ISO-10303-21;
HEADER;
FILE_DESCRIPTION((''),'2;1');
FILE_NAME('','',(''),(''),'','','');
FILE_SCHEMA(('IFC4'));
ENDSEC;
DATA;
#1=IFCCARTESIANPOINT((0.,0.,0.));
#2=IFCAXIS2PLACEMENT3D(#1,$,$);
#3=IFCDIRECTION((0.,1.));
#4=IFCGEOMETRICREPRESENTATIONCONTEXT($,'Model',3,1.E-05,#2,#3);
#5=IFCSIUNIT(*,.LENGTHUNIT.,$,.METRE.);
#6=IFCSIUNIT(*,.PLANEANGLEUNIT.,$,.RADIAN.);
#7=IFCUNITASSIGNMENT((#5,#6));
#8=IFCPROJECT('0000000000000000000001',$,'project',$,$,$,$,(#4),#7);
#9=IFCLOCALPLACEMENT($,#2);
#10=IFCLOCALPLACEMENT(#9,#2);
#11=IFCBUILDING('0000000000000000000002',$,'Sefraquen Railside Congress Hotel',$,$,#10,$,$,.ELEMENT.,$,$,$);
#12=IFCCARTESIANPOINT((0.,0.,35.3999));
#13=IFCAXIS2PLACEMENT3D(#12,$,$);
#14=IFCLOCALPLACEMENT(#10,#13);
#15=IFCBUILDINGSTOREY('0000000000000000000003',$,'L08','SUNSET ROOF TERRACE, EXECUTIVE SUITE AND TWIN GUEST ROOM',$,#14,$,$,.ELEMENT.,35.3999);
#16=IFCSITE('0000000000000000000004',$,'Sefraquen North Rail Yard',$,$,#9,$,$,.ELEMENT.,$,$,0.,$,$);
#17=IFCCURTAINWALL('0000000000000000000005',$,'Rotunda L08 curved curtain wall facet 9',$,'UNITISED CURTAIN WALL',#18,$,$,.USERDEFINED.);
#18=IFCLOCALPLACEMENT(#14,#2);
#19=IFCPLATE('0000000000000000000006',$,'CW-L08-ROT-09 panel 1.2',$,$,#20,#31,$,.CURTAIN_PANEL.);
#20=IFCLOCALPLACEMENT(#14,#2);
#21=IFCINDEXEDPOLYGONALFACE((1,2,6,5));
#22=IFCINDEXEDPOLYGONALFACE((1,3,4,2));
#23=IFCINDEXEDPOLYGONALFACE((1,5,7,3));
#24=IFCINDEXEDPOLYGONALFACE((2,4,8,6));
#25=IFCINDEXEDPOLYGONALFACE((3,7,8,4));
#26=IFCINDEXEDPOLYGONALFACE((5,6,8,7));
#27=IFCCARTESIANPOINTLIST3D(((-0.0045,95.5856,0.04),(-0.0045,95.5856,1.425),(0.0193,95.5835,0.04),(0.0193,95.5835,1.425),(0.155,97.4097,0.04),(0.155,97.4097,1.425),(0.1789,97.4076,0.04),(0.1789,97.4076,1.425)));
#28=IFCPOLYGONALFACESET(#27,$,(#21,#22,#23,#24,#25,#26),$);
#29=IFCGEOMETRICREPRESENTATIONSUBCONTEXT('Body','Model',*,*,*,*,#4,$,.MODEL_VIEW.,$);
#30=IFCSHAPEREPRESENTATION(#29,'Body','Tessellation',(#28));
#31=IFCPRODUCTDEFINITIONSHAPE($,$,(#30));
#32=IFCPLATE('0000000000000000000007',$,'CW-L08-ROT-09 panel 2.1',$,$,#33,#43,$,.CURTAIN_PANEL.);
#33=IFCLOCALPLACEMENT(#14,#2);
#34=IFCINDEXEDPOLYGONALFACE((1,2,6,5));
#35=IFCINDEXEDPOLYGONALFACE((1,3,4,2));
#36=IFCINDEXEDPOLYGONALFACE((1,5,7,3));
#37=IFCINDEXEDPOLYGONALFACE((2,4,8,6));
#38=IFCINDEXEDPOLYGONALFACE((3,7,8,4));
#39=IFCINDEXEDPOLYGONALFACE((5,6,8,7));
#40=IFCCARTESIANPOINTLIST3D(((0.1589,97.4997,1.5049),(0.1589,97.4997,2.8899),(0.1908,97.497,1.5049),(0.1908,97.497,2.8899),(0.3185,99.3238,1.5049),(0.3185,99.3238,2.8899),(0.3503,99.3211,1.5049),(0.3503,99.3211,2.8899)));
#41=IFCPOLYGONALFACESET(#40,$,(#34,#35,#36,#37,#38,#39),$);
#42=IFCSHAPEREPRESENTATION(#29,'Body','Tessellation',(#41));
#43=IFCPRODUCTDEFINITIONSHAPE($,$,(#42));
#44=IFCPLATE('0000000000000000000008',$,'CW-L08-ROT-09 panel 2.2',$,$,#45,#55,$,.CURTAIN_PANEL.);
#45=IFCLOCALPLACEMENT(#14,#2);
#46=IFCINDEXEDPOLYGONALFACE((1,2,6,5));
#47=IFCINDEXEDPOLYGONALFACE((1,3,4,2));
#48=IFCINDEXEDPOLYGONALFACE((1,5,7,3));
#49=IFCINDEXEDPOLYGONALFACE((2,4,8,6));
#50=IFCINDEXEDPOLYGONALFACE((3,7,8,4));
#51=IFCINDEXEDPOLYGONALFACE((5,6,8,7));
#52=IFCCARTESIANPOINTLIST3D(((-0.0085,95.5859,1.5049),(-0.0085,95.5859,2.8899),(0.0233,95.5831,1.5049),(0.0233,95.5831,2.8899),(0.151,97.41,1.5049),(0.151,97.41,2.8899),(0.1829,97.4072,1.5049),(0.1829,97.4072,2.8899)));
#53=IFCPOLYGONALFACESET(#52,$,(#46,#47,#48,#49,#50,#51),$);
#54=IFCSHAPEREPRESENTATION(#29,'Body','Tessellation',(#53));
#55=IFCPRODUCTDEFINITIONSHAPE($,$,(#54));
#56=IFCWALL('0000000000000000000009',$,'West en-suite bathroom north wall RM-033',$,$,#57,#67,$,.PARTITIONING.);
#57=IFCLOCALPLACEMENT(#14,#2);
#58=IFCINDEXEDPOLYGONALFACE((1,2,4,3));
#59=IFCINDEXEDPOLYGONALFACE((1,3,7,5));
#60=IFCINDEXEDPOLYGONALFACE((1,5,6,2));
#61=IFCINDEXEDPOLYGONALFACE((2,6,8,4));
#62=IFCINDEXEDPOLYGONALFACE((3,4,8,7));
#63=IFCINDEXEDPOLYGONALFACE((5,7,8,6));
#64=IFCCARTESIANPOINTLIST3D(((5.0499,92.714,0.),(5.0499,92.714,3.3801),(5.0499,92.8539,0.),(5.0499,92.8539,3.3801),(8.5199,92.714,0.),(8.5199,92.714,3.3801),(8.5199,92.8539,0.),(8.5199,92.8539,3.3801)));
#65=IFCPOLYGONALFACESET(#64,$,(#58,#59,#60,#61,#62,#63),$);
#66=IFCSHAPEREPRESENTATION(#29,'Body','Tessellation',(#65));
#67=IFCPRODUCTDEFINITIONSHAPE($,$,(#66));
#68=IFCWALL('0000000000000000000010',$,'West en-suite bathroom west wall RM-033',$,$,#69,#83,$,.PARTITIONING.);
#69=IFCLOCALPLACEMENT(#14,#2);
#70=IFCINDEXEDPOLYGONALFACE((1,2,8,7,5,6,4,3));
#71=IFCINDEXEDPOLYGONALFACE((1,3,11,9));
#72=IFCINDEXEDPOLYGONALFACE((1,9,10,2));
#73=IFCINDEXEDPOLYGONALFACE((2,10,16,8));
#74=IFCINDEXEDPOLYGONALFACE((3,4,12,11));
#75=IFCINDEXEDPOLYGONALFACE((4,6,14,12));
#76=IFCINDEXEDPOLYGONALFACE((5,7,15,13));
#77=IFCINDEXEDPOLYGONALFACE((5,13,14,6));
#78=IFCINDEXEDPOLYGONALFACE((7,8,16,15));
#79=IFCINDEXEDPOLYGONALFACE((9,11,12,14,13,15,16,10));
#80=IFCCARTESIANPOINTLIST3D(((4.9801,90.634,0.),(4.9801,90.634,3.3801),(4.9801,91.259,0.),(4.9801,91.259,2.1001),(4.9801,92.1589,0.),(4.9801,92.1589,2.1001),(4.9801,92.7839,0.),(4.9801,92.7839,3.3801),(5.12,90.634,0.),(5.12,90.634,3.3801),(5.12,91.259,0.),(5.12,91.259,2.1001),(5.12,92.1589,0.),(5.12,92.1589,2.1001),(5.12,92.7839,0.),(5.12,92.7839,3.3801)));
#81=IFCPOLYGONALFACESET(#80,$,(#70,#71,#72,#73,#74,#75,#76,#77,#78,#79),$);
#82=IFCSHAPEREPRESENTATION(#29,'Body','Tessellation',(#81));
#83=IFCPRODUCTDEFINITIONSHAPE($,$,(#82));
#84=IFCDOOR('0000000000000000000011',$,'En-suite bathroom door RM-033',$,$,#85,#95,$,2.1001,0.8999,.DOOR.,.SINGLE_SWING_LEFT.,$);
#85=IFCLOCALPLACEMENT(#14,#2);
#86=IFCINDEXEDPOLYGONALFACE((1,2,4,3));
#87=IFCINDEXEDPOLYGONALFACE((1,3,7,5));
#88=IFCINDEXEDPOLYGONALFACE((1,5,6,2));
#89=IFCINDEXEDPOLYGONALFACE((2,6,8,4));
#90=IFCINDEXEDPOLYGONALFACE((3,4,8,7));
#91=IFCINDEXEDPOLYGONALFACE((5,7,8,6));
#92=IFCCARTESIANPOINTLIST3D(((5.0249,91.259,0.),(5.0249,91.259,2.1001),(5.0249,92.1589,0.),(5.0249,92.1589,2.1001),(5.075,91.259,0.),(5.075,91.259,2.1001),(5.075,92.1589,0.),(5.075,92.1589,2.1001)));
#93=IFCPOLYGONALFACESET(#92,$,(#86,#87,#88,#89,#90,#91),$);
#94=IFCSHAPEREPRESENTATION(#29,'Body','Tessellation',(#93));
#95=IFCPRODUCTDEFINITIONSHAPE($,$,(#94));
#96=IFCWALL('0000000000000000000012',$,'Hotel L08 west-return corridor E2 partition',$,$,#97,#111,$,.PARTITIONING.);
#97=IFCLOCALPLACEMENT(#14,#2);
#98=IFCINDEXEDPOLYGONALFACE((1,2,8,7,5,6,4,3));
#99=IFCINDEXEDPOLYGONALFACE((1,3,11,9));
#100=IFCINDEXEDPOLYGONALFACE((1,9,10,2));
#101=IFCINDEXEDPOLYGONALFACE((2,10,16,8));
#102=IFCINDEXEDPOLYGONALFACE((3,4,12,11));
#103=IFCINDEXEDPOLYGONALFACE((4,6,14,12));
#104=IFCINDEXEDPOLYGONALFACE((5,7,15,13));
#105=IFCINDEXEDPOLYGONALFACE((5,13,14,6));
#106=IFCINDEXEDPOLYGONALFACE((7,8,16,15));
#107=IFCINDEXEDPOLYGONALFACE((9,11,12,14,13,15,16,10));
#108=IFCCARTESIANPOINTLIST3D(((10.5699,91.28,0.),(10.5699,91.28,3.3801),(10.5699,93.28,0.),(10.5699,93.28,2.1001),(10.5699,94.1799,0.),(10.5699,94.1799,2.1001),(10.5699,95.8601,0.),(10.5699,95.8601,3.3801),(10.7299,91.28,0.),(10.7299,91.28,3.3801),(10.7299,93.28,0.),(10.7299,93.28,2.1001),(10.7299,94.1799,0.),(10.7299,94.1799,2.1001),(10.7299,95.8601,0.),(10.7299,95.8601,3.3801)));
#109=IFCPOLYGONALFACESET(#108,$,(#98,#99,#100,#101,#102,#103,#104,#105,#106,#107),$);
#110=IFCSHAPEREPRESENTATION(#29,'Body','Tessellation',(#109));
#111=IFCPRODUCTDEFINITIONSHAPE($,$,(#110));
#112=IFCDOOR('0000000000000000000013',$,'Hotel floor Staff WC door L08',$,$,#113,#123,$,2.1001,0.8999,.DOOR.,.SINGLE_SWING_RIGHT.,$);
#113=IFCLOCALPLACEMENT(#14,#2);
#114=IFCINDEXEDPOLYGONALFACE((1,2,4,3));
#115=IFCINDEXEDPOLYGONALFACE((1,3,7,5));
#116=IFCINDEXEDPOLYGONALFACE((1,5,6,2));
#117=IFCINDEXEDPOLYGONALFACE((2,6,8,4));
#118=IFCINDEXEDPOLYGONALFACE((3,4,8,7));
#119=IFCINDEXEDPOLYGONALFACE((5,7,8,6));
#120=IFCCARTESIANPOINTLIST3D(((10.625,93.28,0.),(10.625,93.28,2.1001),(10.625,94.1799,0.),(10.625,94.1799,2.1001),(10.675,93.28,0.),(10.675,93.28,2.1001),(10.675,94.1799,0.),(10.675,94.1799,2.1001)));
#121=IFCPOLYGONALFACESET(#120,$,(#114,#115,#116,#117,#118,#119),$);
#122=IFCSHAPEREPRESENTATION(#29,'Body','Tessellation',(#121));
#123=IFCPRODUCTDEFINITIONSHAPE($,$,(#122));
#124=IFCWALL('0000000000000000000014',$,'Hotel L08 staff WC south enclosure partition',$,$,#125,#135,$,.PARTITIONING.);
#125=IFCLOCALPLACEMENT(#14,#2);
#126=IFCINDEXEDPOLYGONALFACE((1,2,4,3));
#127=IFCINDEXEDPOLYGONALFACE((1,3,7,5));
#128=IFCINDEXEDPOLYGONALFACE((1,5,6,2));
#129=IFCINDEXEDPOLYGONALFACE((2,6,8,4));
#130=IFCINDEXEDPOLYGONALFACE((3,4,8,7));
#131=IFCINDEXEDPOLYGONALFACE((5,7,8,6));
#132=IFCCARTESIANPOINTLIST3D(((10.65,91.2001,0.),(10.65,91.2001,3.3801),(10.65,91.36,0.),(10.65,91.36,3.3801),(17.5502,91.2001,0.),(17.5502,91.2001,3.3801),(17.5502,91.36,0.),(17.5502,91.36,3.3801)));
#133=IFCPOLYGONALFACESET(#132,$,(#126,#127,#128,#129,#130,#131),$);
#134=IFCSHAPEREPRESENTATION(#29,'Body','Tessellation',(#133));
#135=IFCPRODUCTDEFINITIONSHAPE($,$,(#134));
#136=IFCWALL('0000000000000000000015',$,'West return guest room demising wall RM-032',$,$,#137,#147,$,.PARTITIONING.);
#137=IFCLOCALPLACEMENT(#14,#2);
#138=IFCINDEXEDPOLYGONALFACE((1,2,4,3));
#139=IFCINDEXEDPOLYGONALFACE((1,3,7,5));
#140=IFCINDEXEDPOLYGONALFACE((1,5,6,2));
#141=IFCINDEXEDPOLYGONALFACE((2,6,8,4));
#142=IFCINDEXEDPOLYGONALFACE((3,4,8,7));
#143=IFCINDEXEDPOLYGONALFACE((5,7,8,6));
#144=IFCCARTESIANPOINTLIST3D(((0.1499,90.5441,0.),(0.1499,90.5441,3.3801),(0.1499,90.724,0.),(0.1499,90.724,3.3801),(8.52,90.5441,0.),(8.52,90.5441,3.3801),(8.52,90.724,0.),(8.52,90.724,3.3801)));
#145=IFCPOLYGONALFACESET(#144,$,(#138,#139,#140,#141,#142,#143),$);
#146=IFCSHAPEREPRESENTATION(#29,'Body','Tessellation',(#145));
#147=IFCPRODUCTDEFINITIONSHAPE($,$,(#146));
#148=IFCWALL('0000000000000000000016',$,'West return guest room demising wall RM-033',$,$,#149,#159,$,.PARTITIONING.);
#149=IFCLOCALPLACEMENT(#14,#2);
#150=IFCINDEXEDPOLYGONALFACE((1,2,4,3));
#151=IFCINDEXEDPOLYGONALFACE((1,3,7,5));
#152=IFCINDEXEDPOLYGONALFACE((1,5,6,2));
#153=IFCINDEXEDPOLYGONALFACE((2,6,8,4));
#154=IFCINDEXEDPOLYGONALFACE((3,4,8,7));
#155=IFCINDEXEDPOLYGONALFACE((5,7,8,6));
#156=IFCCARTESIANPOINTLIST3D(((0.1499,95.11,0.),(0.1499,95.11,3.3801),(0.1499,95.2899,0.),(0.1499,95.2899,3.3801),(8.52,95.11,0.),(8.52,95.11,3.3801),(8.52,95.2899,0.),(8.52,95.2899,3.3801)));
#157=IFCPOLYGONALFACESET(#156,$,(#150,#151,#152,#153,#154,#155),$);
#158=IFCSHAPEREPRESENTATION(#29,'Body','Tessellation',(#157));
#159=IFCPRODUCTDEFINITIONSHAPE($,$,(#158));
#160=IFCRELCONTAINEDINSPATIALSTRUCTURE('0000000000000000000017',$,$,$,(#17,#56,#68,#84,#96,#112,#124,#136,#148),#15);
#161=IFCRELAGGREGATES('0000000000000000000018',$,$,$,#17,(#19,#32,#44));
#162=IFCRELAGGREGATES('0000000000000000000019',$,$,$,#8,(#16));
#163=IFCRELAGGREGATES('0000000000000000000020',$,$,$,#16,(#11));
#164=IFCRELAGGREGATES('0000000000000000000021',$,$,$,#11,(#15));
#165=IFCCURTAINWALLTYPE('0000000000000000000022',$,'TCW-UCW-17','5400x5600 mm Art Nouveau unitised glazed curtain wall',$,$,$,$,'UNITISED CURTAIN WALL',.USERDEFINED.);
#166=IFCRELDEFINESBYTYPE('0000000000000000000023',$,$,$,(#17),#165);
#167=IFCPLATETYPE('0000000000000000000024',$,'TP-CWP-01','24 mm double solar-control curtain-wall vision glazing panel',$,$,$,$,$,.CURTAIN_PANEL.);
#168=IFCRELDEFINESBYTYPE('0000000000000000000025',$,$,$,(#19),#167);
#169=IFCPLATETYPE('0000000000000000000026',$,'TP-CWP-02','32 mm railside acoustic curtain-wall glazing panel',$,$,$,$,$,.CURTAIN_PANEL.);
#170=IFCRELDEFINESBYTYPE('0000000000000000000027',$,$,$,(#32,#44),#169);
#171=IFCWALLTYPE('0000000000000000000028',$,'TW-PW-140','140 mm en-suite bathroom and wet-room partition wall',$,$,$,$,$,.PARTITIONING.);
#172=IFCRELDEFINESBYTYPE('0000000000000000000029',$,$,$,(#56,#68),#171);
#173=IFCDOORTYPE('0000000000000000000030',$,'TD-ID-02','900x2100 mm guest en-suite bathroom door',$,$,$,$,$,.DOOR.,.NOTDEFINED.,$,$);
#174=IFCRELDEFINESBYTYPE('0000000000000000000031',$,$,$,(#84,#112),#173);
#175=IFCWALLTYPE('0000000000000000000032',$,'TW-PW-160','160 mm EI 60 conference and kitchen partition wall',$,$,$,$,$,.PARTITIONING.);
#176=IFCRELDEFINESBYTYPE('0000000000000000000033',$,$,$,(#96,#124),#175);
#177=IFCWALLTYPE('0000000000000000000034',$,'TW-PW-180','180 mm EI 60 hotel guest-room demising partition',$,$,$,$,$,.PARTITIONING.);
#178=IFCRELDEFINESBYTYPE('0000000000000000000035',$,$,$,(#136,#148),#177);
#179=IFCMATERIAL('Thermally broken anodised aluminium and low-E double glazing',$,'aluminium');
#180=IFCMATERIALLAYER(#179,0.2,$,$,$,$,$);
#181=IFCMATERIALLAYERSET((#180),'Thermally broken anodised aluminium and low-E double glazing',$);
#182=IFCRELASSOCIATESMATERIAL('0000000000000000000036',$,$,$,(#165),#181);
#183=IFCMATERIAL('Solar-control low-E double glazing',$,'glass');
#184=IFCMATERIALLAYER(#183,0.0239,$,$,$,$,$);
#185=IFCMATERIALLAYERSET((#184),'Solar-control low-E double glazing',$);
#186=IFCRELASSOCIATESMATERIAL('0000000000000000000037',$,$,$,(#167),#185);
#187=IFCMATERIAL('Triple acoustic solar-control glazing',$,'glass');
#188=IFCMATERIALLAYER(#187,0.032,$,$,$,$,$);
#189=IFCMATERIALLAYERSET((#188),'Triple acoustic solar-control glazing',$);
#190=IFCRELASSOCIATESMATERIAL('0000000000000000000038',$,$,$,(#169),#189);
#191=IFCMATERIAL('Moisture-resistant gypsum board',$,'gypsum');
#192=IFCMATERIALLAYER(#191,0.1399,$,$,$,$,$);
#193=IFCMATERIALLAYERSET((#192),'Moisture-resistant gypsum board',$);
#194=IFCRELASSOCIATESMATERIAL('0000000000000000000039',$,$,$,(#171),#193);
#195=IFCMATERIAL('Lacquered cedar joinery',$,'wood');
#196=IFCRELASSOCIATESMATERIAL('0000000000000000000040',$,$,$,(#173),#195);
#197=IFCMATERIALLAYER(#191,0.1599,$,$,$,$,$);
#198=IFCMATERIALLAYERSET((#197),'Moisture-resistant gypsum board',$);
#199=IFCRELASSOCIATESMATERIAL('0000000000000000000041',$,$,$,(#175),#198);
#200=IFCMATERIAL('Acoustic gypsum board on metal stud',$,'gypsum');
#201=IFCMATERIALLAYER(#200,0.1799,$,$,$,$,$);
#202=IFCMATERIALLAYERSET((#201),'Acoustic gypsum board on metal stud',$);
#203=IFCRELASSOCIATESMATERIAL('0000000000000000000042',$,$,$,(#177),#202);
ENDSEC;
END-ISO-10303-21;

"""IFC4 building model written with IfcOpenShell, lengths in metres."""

from ifc_helpers import new_model, si_unit, direction, frame, frame_2d, origin, origin_2d, place, context, subcontext, project, spatial, rectangle, extrude, material, layer, layer_set, type_object, element, fill, aggregate, save


model = new_model("IFC4")

# Units and contexts
model_context = context("Model", 3, precision=1e-05, world=origin(), true_north=direction((0.0, 1.0)))
body_context = subcontext(model_context, "Body", "Model", "MODEL_VIEW")
ifc_project = project(units=[si_unit("LENGTHUNIT", "METRE"), si_unit("PLANEANGLEUNIT", "RADIAN")], contexts=[model_context])

# Site, building, storey
site_placement = place(None, origin())
site = spatial("IfcSite", under=ifc_project, at=site_placement, Name="Sefraquen North Rail Yard", CompositionType="ELEMENT", RefElevation=0.0)
building_placement = place(site_placement, origin())
building = spatial("IfcBuilding", under=site, at=building_placement, Name="Sefraquen Railside Congress Hotel", CompositionType="ELEMENT")
storey_placement = place(building_placement, frame((0.0, 0.0, 35.3999)))
storey = spatial("IfcBuildingStorey", under=building, at=storey_placement, Name="L08", Description="SUNSET ROOF TERRACE, EXECUTIVE SUITE AND TWIN GUEST ROOM", CompositionType="ELEMENT", Elevation=35.3999)

# Curtain wall, plates
ifc_material_1 = material(Name="Thermally broken anodised aluminium and low-E double glazing", Category="aluminium")
ifc_layer_1 = layer(ifc_material_1, 0.2)
ifc_layer_set_1 = layer_set([ifc_layer_1], Name="Thermally broken anodised aluminium and low-E double glazing")
curtain_wall_type = type_object("IfcCurtainWallType", Name="TCW-UCW-17", Description="5400x5600 mm Art Nouveau unitised glazed curtain wall", ElementType="UNITISED CURTAIN WALL", PredefinedType="USERDEFINED", material=ifc_layer_set_1)
curtain_wall_placement = place(storey_placement, origin())
curtain_wall = element("IfcCurtainWall", 1, at=curtain_wall_placement, inside=storey, type_object=curtain_wall_type, Name="Rotunda L08 curved curtain wall facet 9", ObjectType="UNITISED CURTAIN WALL", PredefinedType="USERDEFINED")
ifc_material_2 = material(Name="Solar-control low-E double glazing", Category="glass")
ifc_layer_2 = layer(ifc_material_2, 0.0239)
ifc_layer_set_2 = layer_set([ifc_layer_2], Name="Solar-control low-E double glazing")
plate_type_1 = type_object("IfcPlateType", Name="TP-CWP-01", Description="24 mm double solar-control curtain-wall vision glazing panel", PredefinedType="CURTAIN_PANEL", material=ifc_layer_set_2)
plate_1_placement = place(storey_placement, frame((0.0872, 96.4966, 0.04), z_axis=(0.0, 0.0, 1.0), x_axis=(-0.087138, -0.996196, 0.0)))
plate_1 = element("IfcPlate", 2, at=plate_1_placement, type_object=plate_type_1, Name="CW-L08-ROT-09 panel 1.2", PredefinedType="CURTAIN_PANEL", context=body_context, shape_type="SweptSolid", body=[
    extrude(rectangle(XDim=1.8311, YDim=0.0239, at=origin_2d()), origin(), (0.0, 0.0, 1.0), 1.385),
])
ifc_material_3 = material(Name="Triple acoustic solar-control glazing", Category="glass")
ifc_layer_3 = layer(ifc_material_3, 0.032)
ifc_layer_set_3 = layer_set([ifc_layer_3], Name="Triple acoustic solar-control glazing")
plate_type_2 = type_object("IfcPlateType", Name="TP-CWP-02", Description="32 mm railside acoustic curtain-wall glazing panel", PredefinedType="CURTAIN_PANEL", material=ifc_layer_set_3)
plate_2_placement = place(storey_placement, frame((0.2546, 98.4104, 1.5049), z_axis=(0.0, 0.0, 1.0), x_axis=(-0.087138, -0.996196, 0.0)))
plate_2 = element("IfcPlate", 3, at=plate_2_placement, type_object=plate_type_2, Name="CW-L08-ROT-09 panel 2.1", PredefinedType="CURTAIN_PANEL", context=body_context, shape_type="SweptSolid", body=[
    extrude(rectangle(XDim=1.8311, YDim=0.032, at=origin_2d()), origin(), (0.0, 0.0, 1.0), 1.385),
])
plate_3_placement = place(storey_placement, frame((0.0872, 96.4966, 1.5049), z_axis=(0.0, 0.0, 1.0), x_axis=(-0.087138, -0.996196, 0.0)))
plate_3 = element("IfcPlate", 4, at=plate_3_placement, type_object=plate_type_2, Name="CW-L08-ROT-09 panel 2.2", PredefinedType="CURTAIN_PANEL", context=body_context, shape_type="SweptSolid", body=[
    extrude(rectangle(XDim=1.8311, YDim=0.032, at=origin_2d()), origin(), (0.0, 0.0, 1.0), 1.385),
])
aggregate(curtain_wall, [plate_1, plate_2, plate_3])

# Wall
ifc_material_4 = material(Name="Moisture-resistant gypsum board", Category="gypsum")
ifc_layer_4 = layer(ifc_material_4, 0.1399)
ifc_layer_set_4 = layer_set([ifc_layer_4], Name="Moisture-resistant gypsum board")
wall_type_1 = type_object("IfcWallType", Name="TW-PW-140", Description="140 mm en-suite bathroom and wet-room partition wall", PredefinedType="PARTITIONING", material=ifc_layer_set_4)
wall_1_placement = place(storey_placement, frame((5.05, 92.7839, 0.0), z_axis=(0.0, 0.0, 1.0), x_axis=(1.0, 0.0, 0.0)))
element("IfcWall", 5, at=wall_1_placement, inside=storey, type_object=wall_type_1, Name="West en-suite bathroom north wall RM-033", PredefinedType="PARTITIONING", context=body_context, shape_type="SweptSolid", body=[
    extrude(rectangle(XDim=3.47, YDim=0.1399, at=frame_2d((1.7349, 0.0))), origin(), (0.0, 0.0, 1.0), 3.3801),
])

# Walls, openings, doors
wall_2_placement = place(storey_placement, frame((5.05, 90.634, 0.0), z_axis=(0.0, 0.0, 1.0), x_axis=(0.0, 1.0, 0.0)))
wall_2 = element("IfcWall", 6, at=wall_2_placement, inside=storey, type_object=wall_type_1, Name="West en-suite bathroom west wall RM-033", PredefinedType="PARTITIONING", context=body_context, shape_type="SweptSolid", body=[
    extrude(rectangle(XDim=2.1499, YDim=0.1399, at=frame_2d((1.075, 0.0))), origin(), (0.0, 0.0, 1.0), 3.3801),
])
opening_1_placement = place(wall_2_placement, frame((0.625, 0.0, 0.0)))
opening_1 = element("IfcOpeningElement", 7, at=opening_1_placement, cuts=wall_2, PredefinedType="OPENING", context=body_context, shape_type="SweptSolid", body=[
    extrude(rectangle(XDim=0.8999, YDim=2.1001, at=frame_2d((0.45, 1.05))), frame((0.0, 0.0798, 0.0), z_axis=(0.0, -1.0, 0.0), x_axis=(1.0, 0.0, 0.0)), (0.0, 0.0, 1.0), 0.1599),
])
ifc_material_5 = material(Name="Lacquered cedar joinery", Category="wood")
door_type = type_object("IfcDoorType", Name="TD-ID-02", Description="900x2100 mm guest en-suite bathroom door", OperationType="NOTDEFINED", PredefinedType="DOOR", material=ifc_material_5)
door_1_placement = place(opening_1_placement, frame((0.8999, 0.0, 0.0), z_axis=(0.0, 0.0, 1.0), x_axis=(-1.0, 0.0, 0.0)))
door_1 = element("IfcDoor", 8, at=door_1_placement, inside=storey, type_object=door_type, Name="En-suite bathroom door RM-033", OperationType="SINGLE_SWING_LEFT", OverallHeight=2.1001, OverallWidth=0.8999, PredefinedType="DOOR", context=body_context, shape_type="SweptSolid", body=[
    extrude(rectangle(XDim=0.8999, YDim=2.1001, at=frame_2d((0.45, 1.05))), frame((0.0, 0.0249, 0.0), z_axis=(0.0, -1.0, 0.0), x_axis=(1.0, 0.0, 0.0)), (0.0, 0.0, 1.0), 0.05),
])
fill(opening_1, door_1)
ifc_layer_5 = layer(ifc_material_4, 0.1599)
ifc_layer_set_5 = layer_set([ifc_layer_5], Name="Moisture-resistant gypsum board")
wall_type_2 = type_object("IfcWallType", Name="TW-PW-160", Description="160 mm EI 60 conference and kitchen partition wall", PredefinedType="PARTITIONING", material=ifc_layer_set_5)
wall_3_placement = place(storey_placement, frame((10.6499, 91.28, 0.0), z_axis=(0.0, 0.0, 1.0), x_axis=(0.0, 1.0, 0.0)))
wall_3 = element("IfcWall", 9, at=wall_3_placement, inside=storey, type_object=wall_type_2, Name="Hotel L08 west-return corridor E2 partition", PredefinedType="PARTITIONING", context=body_context, shape_type="SweptSolid", body=[
    extrude(rectangle(XDim=4.5801, YDim=0.1599, at=frame_2d((2.29, 0.0))), origin(), (0.0, 0.0, 1.0), 3.3801),
])
opening_2_placement = place(wall_3_placement, frame((2.0, 0.0, 0.0)))
opening_2 = element("IfcOpeningElement", 10, at=opening_2_placement, cuts=wall_3, PredefinedType="OPENING", context=body_context, shape_type="SweptSolid", body=[
    extrude(rectangle(XDim=0.8999, YDim=2.1001, at=frame_2d((0.45, 1.05))), frame((0.0, 0.0898, 0.0), z_axis=(0.0, -1.0, 0.0), x_axis=(1.0, 0.0, 0.0)), (0.0, 0.0, 1.0), 0.1799),
])
door_2_placement = place(opening_2_placement, origin())
door_2 = element("IfcDoor", 11, at=door_2_placement, inside=storey, type_object=door_type, Name="Hotel floor Staff WC door L08", OperationType="SINGLE_SWING_RIGHT", OverallHeight=2.1001, OverallWidth=0.8999, PredefinedType="DOOR", context=body_context, shape_type="SweptSolid", body=[
    extrude(rectangle(XDim=0.8999, YDim=2.1001, at=frame_2d((0.45, 1.05))), frame((0.0, 0.0249, 0.0), z_axis=(0.0, -1.0, 0.0), x_axis=(1.0, 0.0, 0.0)), (0.0, 0.0, 1.0), 0.05),
])
fill(opening_2, door_2)

# Walls
wall_4_placement = place(storey_placement, frame((10.6499, 91.28, 0.0), z_axis=(0.0, 0.0, 1.0), x_axis=(1.0, 0.0, 0.0)))
element("IfcWall", 12, at=wall_4_placement, inside=storey, type_object=wall_type_2, Name="Hotel L08 staff WC south enclosure partition", PredefinedType="PARTITIONING", context=body_context, shape_type="SweptSolid", body=[
    extrude(rectangle(XDim=6.9001, YDim=0.1599, at=frame_2d((3.4502, 0.0))), origin(), (0.0, 0.0, 1.0), 3.3801),
])
ifc_material_6 = material(Name="Acoustic gypsum board on metal stud", Category="gypsum")
ifc_layer_6 = layer(ifc_material_6, 0.1799)
ifc_layer_set_6 = layer_set([ifc_layer_6], Name="Acoustic gypsum board on metal stud")
wall_type_3 = type_object("IfcWallType", Name="TW-PW-180", Description="180 mm EI 60 hotel guest-room demising partition", PredefinedType="PARTITIONING", material=ifc_layer_set_6)
for number, where, z_axis, x_axis, name in (
    (13, (0.1499, 90.634, 0.0), (0.0, 0.0, 1.0), (1.0, 0.0, 0.0), "West return guest room demising wall RM-032"),
    (14, (0.1499, 95.2, 0.0), (0.0, 0.0, 1.0), (1.0, 0.0, 0.0), "West return guest room demising wall RM-033"),
):
    element("IfcWall", number, at=place(storey_placement, frame(where, z_axis=z_axis, x_axis=x_axis)), inside=storey, type_object=wall_type_3, Name=name, PredefinedType="PARTITIONING", context=body_context, shape_type="SweptSolid", body=[
        extrude(rectangle(XDim=8.3701, YDim=0.1799, at=frame_2d((4.1851, 0.0))), origin(), (0.0, 0.0, 1.0), 3.3801),
    ])

save(model, "model.ifc")
